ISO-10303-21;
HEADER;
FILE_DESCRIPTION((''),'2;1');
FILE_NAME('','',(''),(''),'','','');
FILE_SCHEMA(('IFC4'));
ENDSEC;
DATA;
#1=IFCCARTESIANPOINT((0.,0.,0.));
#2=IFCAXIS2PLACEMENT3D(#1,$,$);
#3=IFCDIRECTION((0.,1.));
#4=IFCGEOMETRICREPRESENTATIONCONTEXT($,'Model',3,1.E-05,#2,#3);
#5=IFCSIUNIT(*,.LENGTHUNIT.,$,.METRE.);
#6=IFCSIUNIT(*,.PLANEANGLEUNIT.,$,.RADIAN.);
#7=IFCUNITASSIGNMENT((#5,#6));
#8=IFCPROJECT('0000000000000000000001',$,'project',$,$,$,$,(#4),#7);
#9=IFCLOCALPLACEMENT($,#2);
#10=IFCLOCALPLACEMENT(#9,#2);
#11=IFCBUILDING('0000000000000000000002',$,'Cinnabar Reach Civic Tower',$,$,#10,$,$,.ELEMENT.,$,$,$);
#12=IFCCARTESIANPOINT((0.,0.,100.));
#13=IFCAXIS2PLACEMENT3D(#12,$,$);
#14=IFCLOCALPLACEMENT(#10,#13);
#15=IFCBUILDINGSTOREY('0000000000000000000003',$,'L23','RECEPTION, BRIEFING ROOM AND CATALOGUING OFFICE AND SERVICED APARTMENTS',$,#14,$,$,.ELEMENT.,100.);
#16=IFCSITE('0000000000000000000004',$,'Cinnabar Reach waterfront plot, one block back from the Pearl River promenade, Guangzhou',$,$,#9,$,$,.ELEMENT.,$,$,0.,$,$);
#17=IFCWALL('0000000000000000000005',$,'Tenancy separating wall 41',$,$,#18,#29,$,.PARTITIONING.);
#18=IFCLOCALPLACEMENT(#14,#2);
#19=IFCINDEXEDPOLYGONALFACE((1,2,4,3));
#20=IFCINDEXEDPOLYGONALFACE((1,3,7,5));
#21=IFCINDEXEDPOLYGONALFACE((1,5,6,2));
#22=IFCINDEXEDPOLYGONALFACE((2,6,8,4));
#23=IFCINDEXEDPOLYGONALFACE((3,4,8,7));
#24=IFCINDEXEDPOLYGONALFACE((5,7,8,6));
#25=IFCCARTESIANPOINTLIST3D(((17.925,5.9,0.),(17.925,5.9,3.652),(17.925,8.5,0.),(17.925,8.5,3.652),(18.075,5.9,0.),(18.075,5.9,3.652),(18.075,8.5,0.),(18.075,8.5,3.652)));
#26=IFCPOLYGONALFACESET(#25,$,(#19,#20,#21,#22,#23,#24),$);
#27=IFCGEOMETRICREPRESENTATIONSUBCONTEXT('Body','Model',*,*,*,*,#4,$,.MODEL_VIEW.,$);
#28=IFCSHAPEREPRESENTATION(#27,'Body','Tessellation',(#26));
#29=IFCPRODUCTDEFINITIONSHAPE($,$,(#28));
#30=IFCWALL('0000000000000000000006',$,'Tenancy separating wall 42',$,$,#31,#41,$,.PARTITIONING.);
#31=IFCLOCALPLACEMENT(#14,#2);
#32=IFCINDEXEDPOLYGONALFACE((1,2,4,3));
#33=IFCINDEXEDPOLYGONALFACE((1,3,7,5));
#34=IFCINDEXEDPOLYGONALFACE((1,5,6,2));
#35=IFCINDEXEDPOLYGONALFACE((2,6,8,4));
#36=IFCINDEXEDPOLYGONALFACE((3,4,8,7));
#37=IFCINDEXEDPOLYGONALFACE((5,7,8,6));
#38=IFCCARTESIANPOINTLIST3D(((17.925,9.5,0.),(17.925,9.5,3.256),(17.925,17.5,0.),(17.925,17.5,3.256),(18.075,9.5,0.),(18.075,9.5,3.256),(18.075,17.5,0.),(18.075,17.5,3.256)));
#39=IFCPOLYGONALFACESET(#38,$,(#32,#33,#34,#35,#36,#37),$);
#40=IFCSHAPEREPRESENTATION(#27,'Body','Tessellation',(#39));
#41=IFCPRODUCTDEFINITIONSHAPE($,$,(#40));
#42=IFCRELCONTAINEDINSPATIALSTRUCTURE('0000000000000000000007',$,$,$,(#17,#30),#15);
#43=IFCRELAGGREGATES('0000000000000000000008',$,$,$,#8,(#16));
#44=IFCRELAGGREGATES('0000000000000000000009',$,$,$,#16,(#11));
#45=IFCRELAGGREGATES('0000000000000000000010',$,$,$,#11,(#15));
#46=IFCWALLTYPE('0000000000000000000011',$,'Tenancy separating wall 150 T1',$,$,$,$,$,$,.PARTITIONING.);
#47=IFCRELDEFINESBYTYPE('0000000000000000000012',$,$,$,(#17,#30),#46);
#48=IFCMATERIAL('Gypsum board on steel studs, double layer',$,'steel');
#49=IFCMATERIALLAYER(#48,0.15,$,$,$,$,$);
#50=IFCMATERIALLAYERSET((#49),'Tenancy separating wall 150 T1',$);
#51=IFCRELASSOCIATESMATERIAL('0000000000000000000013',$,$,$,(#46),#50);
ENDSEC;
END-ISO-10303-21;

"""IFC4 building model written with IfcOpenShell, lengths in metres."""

from ifc_helpers import new_model, si_unit, direction, frame, frame_2d, origin, place, context, subcontext, project, spatial, rectangle, extrude, material, layer, layer_set, type_object, element, save


model = new_model("IFC4")

# Units and contexts
model_context = context("Model", 3, precision=1e-05, world=origin(), true_north=direction((0.0, 1.0)))
body_context = subcontext(model_context, "Body", "Model", "MODEL_VIEW")
ifc_project = project(units=[si_unit("LENGTHUNIT", "METRE"), si_unit("PLANEANGLEUNIT", "RADIAN")], contexts=[model_context])

# Site, building, storey
site_placement = place(None, origin())
site = spatial("IfcSite", under=ifc_project, at=site_placement, Name="Cinnabar Reach waterfront plot, one block back from the Pearl River promenade, Guangzhou", CompositionType="ELEMENT", RefElevation=0.0)
building_placement = place(site_placement, origin())
building = spatial("IfcBuilding", under=site, at=building_placement, Name="Cinnabar Reach Civic Tower", CompositionType="ELEMENT")
storey_placement = place(building_placement, frame((0.0, 0.0, 100.0)))
storey = spatial("IfcBuildingStorey", under=building, at=storey_placement, Name="L23", Description="RECEPTION, BRIEFING ROOM AND CATALOGUING OFFICE AND SERVICED APARTMENTS", CompositionType="ELEMENT", Elevation=100.0)

# Walls
ifc_material_1 = material(Name="Gypsum board on steel studs, double layer", Category="steel")
ifc_layer = layer(ifc_material_1, 0.15)
ifc_layer_set = layer_set([ifc_layer], Name="Tenancy separating wall 150 T1")
wall_type = type_object("IfcWallType", Name="Tenancy separating wall 150 T1", PredefinedType="PARTITIONING", material=ifc_layer_set)
wall_1_placement = place(storey_placement, frame((18.0, 5.9, 0.0), z_axis=(0.0, 0.0, 1.0), x_axis=(0.0, 1.0, 0.0)))
element("IfcWall", 1, at=wall_1_placement, inside=storey, type_object=wall_type, Name="Tenancy separating wall 41", PredefinedType="PARTITIONING", context=body_context, shape_type="SweptSolid", body=[
    extrude(rectangle(XDim=2.6, YDim=0.15, at=frame_2d((1.3, 0.0))), origin(), (0.0, 0.0, 1.0), 3.652),
])
wall_2_placement = place(storey_placement, frame((18.0, 9.5, 0.0), z_axis=(0.0, 0.0, 1.0), x_axis=(0.0, 1.0, 0.0)))
element("IfcWall", 2, at=wall_2_placement, inside=storey, type_object=wall_type, Name="Tenancy separating wall 42", PredefinedType="PARTITIONING", context=body_context, shape_type="SweptSolid", body=[
    extrude(rectangle(XDim=8.0, YDim=0.15, at=frame_2d((4.0, 0.0))), origin(), (0.0, 0.0, 1.0), 3.256),
])

save(model, "model.ifc")
